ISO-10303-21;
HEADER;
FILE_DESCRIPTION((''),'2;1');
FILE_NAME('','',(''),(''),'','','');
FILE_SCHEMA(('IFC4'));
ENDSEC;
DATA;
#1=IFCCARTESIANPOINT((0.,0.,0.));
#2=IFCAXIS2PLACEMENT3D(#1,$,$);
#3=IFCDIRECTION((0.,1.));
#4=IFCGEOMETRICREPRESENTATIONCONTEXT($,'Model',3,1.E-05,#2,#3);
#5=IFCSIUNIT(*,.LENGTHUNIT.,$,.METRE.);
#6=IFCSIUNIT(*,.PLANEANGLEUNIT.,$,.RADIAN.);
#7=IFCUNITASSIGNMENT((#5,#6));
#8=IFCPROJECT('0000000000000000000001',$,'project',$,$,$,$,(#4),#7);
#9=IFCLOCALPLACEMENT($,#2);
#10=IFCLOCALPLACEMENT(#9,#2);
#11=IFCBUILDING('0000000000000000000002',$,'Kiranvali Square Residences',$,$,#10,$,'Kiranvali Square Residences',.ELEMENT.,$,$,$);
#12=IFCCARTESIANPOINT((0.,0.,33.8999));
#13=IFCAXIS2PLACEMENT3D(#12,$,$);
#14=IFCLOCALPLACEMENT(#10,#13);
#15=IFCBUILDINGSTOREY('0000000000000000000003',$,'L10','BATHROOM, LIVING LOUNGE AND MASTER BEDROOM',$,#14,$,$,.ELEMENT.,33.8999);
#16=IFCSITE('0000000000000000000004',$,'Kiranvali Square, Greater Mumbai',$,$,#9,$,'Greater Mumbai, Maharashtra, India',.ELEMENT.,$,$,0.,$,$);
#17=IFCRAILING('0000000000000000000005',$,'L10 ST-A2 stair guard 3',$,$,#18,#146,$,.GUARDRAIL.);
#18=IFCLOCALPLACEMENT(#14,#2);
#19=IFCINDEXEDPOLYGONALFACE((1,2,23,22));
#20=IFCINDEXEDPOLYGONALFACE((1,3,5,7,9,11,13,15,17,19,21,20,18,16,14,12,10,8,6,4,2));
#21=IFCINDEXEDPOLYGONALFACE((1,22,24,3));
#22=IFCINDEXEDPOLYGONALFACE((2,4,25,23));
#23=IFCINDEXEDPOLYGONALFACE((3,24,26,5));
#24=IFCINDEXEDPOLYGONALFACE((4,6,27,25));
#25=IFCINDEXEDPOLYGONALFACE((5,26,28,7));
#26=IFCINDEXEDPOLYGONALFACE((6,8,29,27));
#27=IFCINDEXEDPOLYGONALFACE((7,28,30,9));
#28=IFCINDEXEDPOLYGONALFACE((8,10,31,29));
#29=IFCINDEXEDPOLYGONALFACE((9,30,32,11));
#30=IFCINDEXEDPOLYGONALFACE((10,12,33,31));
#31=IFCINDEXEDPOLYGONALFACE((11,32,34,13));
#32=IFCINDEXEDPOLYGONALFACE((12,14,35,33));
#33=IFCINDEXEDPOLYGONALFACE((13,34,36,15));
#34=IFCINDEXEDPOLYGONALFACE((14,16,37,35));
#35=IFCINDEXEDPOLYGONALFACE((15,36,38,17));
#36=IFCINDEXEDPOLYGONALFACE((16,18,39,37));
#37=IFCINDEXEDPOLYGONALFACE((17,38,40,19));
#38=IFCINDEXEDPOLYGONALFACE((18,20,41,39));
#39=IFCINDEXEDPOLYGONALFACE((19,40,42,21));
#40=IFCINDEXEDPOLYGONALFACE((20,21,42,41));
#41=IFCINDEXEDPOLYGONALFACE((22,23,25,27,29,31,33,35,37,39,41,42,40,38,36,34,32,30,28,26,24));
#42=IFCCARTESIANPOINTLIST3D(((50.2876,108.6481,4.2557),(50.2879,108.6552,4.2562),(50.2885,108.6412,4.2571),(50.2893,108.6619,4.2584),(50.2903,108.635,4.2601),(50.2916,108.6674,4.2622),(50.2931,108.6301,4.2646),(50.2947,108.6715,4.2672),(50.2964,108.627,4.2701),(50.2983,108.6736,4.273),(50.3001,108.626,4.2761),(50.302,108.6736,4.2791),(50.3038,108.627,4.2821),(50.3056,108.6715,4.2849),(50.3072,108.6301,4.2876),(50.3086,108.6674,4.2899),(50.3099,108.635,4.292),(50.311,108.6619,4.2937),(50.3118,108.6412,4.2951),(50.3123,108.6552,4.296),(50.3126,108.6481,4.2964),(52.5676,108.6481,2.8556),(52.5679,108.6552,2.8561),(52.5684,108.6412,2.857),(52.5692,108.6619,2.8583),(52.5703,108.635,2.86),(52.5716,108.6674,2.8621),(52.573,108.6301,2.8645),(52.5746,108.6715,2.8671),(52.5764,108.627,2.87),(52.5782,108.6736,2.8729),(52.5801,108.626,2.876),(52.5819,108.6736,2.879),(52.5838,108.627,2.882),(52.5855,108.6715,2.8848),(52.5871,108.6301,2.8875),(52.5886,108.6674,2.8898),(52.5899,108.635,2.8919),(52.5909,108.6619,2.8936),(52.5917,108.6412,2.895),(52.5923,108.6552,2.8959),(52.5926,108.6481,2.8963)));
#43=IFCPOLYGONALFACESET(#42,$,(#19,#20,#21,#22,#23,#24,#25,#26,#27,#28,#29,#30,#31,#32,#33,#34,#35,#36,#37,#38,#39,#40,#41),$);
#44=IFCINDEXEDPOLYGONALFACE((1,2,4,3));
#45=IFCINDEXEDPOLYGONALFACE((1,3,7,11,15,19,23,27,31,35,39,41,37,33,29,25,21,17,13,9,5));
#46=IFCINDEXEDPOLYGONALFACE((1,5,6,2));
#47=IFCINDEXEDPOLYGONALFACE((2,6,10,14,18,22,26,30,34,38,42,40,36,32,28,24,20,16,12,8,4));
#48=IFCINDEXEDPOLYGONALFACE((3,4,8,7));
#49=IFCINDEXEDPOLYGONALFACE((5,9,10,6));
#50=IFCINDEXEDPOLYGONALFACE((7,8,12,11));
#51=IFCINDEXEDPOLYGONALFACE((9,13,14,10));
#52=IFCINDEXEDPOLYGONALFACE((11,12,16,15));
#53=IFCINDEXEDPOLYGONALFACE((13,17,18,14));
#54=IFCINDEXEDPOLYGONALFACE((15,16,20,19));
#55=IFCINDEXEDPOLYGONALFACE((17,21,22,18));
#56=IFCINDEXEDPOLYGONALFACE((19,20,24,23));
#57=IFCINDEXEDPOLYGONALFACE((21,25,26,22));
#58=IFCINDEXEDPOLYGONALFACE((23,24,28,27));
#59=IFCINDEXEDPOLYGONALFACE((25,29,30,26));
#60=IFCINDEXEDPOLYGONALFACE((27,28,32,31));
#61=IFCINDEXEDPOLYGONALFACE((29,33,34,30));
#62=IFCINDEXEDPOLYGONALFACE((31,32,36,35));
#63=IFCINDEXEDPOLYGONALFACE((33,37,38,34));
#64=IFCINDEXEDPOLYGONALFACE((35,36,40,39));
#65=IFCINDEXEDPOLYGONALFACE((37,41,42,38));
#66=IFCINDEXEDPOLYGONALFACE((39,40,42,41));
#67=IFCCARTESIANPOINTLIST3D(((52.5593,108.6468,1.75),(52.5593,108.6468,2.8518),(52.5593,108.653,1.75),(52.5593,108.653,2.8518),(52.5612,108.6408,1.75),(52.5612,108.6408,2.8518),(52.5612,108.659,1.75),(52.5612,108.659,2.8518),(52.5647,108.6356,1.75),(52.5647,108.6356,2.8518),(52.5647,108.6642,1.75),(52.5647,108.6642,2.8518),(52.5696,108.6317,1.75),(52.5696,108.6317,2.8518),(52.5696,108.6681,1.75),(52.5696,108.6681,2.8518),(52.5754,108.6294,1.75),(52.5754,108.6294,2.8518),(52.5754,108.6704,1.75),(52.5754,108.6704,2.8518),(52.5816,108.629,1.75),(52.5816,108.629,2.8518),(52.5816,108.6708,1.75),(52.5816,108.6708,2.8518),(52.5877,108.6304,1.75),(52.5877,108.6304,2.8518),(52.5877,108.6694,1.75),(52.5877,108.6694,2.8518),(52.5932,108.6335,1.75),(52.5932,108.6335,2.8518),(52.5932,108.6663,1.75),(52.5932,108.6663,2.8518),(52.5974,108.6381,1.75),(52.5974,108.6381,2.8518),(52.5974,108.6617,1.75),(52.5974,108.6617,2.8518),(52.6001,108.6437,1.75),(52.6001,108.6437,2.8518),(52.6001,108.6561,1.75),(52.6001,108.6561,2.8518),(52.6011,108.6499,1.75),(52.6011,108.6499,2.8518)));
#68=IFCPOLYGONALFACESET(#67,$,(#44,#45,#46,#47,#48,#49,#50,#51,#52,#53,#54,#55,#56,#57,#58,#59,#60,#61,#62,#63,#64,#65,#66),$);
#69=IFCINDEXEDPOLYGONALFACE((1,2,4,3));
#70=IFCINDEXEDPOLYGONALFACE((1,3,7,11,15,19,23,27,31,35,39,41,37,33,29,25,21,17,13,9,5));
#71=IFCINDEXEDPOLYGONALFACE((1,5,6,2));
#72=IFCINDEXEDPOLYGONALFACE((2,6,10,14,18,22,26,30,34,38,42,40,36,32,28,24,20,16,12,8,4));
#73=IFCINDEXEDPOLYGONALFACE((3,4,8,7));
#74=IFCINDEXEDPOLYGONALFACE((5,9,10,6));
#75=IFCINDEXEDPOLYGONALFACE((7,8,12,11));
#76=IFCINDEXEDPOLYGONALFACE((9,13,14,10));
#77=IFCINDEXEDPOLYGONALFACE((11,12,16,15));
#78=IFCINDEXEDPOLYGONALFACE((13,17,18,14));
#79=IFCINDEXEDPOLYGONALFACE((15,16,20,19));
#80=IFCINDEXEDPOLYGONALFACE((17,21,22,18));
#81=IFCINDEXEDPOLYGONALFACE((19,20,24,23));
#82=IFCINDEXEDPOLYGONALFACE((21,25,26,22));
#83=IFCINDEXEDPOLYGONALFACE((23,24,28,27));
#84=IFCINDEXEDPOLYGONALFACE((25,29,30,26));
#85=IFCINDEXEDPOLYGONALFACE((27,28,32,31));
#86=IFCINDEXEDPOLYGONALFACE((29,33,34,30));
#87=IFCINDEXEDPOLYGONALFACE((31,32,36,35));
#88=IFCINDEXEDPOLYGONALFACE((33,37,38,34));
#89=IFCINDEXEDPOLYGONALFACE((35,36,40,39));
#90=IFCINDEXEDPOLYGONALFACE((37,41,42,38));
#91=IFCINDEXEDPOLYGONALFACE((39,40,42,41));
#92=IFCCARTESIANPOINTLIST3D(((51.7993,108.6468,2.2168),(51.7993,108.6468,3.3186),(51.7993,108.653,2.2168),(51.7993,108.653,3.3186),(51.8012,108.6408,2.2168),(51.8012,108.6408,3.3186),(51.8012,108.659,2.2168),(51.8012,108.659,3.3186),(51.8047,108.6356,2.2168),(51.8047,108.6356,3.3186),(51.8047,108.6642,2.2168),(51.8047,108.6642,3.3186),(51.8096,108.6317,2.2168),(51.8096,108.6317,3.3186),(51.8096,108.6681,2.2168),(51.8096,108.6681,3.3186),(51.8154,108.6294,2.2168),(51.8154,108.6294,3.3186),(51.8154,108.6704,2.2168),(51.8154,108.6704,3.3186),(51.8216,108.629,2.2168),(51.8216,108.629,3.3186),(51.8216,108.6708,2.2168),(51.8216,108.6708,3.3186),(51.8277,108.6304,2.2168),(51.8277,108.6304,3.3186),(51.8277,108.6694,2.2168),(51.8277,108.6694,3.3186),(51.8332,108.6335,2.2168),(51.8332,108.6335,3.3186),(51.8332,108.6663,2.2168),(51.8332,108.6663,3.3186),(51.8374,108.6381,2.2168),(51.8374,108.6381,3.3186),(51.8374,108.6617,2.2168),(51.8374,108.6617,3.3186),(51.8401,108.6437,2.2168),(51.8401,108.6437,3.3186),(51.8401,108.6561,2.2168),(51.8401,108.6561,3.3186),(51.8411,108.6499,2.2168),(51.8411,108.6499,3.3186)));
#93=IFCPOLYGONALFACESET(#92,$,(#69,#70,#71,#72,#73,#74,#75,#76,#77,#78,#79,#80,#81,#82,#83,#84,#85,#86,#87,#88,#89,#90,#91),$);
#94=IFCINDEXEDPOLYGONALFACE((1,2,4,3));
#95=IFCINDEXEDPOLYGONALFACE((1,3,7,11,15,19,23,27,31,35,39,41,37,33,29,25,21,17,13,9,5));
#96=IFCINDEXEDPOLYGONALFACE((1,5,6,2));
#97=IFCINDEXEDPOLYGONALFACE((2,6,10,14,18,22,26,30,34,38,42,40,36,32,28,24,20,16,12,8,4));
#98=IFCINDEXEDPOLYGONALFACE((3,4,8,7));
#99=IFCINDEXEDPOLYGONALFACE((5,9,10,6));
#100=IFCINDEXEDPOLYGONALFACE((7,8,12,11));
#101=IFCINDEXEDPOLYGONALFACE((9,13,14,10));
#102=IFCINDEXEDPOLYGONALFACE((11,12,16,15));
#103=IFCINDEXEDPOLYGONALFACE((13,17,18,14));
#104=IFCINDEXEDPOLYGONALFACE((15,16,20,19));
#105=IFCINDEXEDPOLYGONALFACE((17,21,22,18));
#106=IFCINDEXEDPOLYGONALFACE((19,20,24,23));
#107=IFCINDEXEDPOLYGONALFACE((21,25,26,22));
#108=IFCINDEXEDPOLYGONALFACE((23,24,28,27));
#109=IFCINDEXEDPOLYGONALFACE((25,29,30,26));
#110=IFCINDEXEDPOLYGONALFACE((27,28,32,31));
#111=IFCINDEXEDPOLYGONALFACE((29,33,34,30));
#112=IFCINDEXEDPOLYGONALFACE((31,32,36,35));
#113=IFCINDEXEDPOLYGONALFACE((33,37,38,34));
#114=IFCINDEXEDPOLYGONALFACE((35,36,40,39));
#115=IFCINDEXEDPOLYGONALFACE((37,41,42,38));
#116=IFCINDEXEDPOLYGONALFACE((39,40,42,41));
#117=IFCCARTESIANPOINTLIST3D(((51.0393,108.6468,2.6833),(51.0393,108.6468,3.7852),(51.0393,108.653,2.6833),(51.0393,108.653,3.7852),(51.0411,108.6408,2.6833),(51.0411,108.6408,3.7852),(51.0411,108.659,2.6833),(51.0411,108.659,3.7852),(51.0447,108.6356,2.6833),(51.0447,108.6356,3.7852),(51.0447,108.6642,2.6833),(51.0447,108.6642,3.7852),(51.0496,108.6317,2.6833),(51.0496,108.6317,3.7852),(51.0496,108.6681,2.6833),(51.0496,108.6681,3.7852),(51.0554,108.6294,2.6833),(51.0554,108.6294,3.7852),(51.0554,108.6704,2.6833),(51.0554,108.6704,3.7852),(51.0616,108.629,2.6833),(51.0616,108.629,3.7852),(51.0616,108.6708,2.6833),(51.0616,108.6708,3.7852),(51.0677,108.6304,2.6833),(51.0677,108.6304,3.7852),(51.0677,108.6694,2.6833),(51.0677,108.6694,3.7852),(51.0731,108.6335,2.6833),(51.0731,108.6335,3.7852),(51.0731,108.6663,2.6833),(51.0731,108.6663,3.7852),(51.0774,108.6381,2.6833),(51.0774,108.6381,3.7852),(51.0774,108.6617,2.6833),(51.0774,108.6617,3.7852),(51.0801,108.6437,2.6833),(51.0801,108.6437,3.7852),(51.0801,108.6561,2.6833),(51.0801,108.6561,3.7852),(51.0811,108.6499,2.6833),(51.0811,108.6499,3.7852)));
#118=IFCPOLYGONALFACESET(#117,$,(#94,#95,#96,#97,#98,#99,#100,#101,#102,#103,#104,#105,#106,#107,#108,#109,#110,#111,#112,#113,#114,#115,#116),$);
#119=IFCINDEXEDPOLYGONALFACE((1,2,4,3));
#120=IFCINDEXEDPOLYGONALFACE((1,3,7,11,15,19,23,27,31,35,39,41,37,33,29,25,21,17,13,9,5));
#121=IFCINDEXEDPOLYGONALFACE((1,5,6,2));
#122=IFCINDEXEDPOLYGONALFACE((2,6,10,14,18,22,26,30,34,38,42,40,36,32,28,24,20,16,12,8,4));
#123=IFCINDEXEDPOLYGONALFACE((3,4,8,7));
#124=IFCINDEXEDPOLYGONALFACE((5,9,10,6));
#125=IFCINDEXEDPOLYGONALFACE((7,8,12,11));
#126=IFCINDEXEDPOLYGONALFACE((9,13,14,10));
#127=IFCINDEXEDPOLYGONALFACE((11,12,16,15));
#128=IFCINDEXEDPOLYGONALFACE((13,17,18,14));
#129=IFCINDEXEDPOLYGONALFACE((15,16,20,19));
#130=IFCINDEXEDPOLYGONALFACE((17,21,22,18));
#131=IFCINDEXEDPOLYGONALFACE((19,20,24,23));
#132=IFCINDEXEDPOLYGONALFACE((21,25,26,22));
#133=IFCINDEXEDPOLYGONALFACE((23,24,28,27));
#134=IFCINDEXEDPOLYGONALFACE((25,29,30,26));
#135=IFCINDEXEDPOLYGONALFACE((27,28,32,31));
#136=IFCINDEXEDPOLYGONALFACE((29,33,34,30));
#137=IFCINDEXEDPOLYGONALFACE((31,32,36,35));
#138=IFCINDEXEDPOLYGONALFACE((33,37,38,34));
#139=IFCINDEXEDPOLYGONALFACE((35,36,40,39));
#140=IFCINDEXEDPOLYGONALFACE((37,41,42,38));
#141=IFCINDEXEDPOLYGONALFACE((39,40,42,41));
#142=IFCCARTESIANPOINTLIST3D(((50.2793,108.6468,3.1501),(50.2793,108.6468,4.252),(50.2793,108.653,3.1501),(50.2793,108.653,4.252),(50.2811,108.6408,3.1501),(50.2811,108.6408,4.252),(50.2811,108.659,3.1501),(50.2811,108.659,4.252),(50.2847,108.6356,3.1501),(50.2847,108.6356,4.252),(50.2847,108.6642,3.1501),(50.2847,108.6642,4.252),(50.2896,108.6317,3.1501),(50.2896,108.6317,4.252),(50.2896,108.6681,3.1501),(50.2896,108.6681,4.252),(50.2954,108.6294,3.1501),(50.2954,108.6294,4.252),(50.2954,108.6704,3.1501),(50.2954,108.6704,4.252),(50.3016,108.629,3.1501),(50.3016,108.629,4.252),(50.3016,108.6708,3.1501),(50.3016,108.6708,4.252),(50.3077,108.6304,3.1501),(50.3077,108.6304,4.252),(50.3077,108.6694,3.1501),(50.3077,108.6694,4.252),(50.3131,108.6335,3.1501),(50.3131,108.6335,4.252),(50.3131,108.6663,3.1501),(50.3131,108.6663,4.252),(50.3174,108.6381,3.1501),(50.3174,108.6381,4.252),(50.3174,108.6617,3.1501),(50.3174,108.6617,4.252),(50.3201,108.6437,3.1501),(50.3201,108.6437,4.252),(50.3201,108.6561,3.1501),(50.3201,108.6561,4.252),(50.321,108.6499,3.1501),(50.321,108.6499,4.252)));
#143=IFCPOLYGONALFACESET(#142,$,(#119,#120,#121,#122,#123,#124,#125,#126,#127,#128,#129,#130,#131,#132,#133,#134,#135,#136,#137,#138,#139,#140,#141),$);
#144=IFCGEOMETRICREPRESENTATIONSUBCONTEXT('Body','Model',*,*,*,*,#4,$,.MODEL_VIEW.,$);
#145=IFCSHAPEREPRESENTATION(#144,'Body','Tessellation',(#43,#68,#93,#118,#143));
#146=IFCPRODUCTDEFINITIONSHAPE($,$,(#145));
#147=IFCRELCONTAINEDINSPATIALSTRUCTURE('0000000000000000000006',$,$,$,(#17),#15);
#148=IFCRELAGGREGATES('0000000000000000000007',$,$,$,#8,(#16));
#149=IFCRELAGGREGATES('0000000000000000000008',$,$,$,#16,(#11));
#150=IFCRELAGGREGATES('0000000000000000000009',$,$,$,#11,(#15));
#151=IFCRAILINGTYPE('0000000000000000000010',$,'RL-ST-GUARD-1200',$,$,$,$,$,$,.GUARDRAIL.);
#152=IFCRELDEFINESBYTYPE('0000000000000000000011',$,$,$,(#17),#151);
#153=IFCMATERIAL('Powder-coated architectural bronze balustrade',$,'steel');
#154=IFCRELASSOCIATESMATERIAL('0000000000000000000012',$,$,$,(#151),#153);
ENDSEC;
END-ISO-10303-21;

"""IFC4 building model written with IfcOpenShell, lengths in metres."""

from ifc_helpers import new_model, si_unit, direction, frame, origin, origin_2d, place, context, subcontext, project, spatial, circle, extrude, material, type_object, element, save


model = new_model("IFC4")

# Units and contexts
model_context = context("Model", 3, precision=1e-05, world=origin(), true_north=direction((0.0, 1.0)))
body_context = subcontext(model_context, "Body", "Model", "MODEL_VIEW")
ifc_project = project(units=[si_unit("LENGTHUNIT", "METRE"), si_unit("PLANEANGLEUNIT", "RADIAN")], contexts=[model_context])

# Site, building, storey
site_placement = place(None, origin())
site = spatial("IfcSite", under=ifc_project, at=site_placement, Name="Kiranvali Square, Greater Mumbai", LongName="Greater Mumbai, Maharashtra, India", CompositionType="ELEMENT", RefElevation=0.0)
building_placement = place(site_placement, origin())
building = spatial("IfcBuilding", under=site, at=building_placement, Name="Kiranvali Square Residences", LongName="Kiranvali Square Residences", CompositionType="ELEMENT")
storey_placement = place(building_placement, frame((0.0, 0.0, 33.8999)))
storey = spatial("IfcBuildingStorey", under=building, at=storey_placement, Name="L10", Description="BATHROOM, LIVING LOUNGE AND MASTER BEDROOM", CompositionType="ELEMENT", Elevation=33.8999)

# Railing
ifc_material_1 = material(Name="Powder-coated architectural bronze balustrade", Category="steel")
railing_type_1 = type_object("IfcRailingType", Name="RL-ST-GUARD-1200", PredefinedType="GUARDRAIL", material=ifc_material_1)
railing_1_placement = place(storey_placement, frame((52.5801, 108.6499, 1.75)))
element("IfcRailing", 1, at=railing_1_placement, inside=storey, type_object=railing_type_1, Name="L10 ST-A2 stair guard 3", PredefinedType="GUARDRAIL", context=body_context, shape_type="SweptSolid", body=[
    extrude(circle(Radius=0.0239, at=origin_2d()), frame((0.0, 0.0, 1.126), z_axis=(-0.85215, 0.0, 0.523298), x_axis=(0.0, -1.0, 0.0)), (0.0, 0.0, 1.0), 2.6755),
    extrude(circle(Radius=0.021, at=origin_2d()), origin(), (0.0, 0.0, 1.0), 1.1018),
    extrude(circle(Radius=0.021, at=origin_2d()), frame((-0.76, 0.0, 0.4668)), (0.0, 0.0, 1.0), 1.1018),
    extrude(circle(Radius=0.021, at=origin_2d()), frame((-1.52, 0.0, 0.9333)), (0.0, 0.0, 1.0), 1.1018),
    extrude(circle(Radius=0.021, at=origin_2d()), frame((-2.28, 0.0, 1.4001)), (0.0, 0.0, 1.0), 1.1018),
])

save(model, "model.ifc")
